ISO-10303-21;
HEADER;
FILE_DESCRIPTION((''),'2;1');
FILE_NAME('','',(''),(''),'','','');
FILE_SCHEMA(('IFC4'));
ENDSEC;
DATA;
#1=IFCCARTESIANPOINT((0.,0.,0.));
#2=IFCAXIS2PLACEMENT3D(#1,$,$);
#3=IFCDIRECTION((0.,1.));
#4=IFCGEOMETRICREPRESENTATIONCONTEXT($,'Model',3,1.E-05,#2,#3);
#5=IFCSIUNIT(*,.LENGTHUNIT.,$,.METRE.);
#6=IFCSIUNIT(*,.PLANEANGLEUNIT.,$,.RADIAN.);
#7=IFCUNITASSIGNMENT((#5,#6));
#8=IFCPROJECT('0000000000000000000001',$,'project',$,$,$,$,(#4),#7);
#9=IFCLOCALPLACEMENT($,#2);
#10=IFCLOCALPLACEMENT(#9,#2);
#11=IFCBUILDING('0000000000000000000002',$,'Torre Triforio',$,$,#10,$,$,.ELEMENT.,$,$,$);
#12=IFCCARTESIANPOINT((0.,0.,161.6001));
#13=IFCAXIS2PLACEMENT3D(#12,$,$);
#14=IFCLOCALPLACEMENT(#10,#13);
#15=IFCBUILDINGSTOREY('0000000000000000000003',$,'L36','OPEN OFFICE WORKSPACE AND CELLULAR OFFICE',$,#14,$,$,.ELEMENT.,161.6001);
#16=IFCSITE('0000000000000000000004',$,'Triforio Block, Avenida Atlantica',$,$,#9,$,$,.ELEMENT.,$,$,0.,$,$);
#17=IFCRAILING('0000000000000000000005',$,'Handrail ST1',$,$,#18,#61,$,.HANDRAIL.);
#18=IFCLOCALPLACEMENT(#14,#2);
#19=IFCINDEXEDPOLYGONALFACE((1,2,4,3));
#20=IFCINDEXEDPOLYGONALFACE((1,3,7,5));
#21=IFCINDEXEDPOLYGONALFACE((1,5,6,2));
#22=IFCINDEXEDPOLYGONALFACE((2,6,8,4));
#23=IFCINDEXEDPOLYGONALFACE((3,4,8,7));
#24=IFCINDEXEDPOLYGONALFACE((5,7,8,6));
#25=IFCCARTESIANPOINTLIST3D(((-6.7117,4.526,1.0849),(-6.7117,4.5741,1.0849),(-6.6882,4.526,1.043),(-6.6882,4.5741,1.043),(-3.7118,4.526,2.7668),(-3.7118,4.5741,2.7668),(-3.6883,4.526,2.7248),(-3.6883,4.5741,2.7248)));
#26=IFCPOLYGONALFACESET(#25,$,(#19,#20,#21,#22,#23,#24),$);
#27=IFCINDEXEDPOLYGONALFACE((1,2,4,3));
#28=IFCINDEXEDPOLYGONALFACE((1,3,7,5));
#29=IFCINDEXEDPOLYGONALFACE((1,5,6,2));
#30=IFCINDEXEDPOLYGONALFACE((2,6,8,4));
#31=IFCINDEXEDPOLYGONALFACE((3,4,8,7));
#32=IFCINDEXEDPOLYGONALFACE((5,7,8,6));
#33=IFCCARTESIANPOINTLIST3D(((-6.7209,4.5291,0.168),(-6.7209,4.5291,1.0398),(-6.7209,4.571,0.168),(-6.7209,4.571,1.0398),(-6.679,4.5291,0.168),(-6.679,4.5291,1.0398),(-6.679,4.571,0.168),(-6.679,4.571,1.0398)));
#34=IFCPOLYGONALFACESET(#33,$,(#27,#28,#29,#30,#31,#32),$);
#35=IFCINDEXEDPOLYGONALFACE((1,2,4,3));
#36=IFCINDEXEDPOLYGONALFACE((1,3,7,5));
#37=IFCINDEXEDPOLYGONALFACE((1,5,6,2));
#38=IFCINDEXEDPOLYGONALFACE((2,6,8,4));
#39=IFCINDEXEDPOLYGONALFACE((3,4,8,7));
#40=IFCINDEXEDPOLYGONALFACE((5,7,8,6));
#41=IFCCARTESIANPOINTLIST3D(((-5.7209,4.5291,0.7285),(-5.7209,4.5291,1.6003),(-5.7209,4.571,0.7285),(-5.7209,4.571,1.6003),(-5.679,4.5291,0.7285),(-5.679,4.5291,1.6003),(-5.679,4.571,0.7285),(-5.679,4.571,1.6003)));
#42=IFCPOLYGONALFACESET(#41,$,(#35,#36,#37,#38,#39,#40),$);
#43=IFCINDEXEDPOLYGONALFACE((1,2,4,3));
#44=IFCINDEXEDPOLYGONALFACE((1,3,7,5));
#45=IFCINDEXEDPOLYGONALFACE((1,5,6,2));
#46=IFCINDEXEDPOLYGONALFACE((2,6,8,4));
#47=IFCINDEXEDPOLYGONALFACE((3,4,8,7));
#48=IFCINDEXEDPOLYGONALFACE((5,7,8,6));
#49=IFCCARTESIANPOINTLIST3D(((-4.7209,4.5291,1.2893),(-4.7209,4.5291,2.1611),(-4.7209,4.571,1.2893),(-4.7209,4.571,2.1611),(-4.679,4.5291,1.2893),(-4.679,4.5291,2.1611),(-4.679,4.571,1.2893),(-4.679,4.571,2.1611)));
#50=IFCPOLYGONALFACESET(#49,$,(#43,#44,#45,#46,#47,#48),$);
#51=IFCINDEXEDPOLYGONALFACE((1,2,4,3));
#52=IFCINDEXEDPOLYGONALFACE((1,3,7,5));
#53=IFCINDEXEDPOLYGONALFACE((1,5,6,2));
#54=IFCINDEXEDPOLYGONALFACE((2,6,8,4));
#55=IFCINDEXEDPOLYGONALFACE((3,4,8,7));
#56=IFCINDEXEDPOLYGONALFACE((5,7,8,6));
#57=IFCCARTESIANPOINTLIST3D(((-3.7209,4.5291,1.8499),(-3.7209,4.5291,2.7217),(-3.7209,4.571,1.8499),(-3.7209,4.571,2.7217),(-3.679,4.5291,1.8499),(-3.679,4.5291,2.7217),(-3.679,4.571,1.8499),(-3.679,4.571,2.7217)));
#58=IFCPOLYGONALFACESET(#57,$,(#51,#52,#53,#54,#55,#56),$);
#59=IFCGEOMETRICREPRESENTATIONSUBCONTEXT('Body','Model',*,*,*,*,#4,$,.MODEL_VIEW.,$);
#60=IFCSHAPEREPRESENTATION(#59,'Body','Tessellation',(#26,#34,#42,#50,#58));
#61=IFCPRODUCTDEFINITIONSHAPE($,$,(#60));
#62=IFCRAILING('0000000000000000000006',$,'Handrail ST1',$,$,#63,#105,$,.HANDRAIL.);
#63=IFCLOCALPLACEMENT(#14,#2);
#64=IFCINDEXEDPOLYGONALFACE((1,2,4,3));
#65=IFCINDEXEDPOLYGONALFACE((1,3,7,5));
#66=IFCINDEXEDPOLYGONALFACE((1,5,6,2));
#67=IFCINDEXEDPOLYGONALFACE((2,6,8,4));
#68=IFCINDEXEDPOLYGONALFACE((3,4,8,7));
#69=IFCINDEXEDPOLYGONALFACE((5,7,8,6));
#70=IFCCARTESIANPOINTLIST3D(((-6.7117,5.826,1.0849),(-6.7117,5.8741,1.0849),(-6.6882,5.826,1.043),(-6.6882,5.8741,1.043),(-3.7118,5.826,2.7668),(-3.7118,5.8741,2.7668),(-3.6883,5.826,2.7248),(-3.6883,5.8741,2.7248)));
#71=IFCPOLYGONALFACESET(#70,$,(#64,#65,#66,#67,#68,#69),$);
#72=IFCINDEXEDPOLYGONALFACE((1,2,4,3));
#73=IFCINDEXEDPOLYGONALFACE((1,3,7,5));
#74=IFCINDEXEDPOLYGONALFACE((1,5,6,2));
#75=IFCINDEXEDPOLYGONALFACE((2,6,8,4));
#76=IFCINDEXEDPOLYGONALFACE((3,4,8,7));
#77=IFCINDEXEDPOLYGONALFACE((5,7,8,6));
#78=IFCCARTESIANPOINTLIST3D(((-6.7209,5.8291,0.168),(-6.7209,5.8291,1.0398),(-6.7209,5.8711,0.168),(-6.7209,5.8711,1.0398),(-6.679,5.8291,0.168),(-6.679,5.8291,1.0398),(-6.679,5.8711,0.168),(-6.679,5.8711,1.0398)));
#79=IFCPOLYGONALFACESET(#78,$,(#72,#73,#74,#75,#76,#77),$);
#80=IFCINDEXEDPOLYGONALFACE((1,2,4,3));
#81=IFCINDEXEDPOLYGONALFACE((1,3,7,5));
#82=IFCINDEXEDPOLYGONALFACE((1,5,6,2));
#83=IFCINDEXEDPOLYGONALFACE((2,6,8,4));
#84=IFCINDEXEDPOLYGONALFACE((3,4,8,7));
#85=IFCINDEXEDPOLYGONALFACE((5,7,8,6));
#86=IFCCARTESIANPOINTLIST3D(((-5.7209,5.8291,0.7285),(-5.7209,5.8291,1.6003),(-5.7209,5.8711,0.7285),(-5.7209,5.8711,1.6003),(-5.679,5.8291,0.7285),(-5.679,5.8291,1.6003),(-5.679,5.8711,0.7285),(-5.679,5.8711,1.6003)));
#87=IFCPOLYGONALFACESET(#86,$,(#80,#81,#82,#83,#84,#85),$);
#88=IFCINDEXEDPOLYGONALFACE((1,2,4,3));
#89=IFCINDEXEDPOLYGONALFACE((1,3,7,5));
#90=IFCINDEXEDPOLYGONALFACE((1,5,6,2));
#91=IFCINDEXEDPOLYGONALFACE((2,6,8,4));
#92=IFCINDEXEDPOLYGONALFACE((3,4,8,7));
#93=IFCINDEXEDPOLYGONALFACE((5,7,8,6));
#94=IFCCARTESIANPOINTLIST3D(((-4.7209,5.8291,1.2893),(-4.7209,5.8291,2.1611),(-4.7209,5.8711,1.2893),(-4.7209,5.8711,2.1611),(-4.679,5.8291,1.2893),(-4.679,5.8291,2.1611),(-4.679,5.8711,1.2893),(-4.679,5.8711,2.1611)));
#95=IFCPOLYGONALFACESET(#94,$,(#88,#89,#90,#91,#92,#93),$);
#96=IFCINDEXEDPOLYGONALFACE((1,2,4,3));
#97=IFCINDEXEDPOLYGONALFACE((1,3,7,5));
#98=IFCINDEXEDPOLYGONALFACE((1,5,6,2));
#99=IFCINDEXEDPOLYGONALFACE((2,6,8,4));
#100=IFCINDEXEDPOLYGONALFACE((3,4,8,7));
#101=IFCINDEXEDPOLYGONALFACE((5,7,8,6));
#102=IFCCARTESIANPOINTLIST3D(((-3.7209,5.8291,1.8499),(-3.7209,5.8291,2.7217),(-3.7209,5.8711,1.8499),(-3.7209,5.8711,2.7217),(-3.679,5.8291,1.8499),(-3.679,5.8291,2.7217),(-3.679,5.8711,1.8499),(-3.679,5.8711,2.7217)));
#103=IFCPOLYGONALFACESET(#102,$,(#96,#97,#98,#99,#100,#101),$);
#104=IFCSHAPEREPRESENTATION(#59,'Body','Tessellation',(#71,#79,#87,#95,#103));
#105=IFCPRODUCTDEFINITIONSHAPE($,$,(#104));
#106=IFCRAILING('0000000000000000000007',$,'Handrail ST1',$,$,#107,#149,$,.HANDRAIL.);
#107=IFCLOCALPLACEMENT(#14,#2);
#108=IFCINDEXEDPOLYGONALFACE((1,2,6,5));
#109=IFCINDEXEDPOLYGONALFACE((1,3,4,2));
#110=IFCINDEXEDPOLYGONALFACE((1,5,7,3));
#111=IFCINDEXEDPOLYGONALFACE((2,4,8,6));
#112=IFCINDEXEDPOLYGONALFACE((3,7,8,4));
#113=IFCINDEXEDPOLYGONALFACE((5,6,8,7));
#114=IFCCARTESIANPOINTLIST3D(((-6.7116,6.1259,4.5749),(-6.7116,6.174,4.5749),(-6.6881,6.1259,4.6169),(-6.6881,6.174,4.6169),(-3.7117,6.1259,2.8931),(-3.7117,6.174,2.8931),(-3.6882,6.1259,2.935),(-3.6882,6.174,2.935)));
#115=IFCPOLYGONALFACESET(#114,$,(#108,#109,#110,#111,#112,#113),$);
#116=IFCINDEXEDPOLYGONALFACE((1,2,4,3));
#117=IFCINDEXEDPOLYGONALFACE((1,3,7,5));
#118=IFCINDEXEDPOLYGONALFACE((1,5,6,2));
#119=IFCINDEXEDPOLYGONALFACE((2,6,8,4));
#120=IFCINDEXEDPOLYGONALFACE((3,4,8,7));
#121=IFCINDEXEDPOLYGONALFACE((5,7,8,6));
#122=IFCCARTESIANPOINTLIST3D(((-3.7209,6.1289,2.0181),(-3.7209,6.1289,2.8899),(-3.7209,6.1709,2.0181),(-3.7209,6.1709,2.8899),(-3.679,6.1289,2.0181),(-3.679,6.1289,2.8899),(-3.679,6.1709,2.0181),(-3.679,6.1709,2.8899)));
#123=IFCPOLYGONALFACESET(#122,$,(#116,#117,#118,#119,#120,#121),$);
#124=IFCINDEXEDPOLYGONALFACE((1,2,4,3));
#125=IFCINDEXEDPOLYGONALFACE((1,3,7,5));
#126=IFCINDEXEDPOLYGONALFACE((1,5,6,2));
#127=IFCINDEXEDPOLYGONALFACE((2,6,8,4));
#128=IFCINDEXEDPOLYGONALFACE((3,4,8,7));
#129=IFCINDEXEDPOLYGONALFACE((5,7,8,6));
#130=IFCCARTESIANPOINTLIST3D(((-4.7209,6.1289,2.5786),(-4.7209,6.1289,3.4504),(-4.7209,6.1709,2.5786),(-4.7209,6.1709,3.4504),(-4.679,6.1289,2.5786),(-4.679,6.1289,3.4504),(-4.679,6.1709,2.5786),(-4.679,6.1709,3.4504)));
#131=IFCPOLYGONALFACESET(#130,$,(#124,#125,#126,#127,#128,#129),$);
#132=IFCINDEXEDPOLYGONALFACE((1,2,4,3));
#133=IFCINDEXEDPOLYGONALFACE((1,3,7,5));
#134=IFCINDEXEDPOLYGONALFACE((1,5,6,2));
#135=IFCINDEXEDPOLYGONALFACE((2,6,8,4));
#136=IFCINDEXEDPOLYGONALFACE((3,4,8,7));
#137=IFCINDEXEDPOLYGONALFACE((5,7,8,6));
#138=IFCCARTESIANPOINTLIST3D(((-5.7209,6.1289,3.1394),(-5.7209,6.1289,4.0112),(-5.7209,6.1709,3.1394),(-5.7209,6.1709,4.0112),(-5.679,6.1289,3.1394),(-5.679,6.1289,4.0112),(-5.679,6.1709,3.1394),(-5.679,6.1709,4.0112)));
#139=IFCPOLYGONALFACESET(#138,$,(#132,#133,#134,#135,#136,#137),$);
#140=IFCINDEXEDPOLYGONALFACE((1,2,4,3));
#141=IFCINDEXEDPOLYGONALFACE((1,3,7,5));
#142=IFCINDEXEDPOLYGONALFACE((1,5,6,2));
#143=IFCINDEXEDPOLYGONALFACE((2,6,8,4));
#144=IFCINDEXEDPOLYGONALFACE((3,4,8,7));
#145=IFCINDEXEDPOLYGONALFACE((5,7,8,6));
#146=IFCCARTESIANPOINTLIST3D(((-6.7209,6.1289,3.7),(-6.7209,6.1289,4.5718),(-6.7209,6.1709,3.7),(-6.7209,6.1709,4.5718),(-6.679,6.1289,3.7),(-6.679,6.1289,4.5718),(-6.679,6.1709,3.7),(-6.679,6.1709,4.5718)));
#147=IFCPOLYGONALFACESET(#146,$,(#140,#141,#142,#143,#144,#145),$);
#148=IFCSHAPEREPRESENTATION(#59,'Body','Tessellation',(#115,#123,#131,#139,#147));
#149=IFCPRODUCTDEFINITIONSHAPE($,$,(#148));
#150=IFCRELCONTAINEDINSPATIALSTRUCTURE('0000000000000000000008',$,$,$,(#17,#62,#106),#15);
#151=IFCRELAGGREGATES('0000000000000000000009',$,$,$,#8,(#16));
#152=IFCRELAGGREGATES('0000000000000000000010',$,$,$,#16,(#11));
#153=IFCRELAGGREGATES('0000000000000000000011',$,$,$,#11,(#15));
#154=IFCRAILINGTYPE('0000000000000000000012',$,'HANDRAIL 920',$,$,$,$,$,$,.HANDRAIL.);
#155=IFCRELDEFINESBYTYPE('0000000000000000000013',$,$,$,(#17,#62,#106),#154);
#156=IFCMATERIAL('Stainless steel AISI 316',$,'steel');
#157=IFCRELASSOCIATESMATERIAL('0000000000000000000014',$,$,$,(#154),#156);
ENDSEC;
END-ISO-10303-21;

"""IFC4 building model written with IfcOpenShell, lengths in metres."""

from ifc_helpers import new_model, si_unit, direction, frame, origin, origin_2d, place, context, subcontext, project, spatial, rectangle, extrude, material, type_object, element, save


model = new_model("IFC4")

# Units and contexts
model_context = context("Model", 3, precision=1e-05, world=origin(), true_north=direction((0.0, 1.0)))
body_context = subcontext(model_context, "Body", "Model", "MODEL_VIEW")
ifc_project = project(units=[si_unit("LENGTHUNIT", "METRE"), si_unit("PLANEANGLEUNIT", "RADIAN")], contexts=[model_context])

# Site, building, storey
site_placement = place(None, origin())
site = spatial("IfcSite", under=ifc_project, at=site_placement, Name="Triforio Block, Avenida Atlantica", CompositionType="ELEMENT", RefElevation=0.0)
building_placement = place(site_placement, origin())
building = spatial("IfcBuilding", under=site, at=building_placement, Name="Torre Triforio", CompositionType="ELEMENT")
storey_placement = place(building_placement, frame((0.0, 0.0, 161.6001)))
storey = spatial("IfcBuildingStorey", under=building, at=storey_placement, Name="L36", Description="OPEN OFFICE WORKSPACE AND CELLULAR OFFICE", CompositionType="ELEMENT", Elevation=161.6001)

# Railings
ifc_material_1 = material(Name="Stainless steel AISI 316", Category="steel")
railing_type = type_object("IfcRailingType", Name="HANDRAIL 920", PredefinedType="HANDRAIL", material=ifc_material_1)
for number, where, name in (
    (1, (-6.7, 4.55, 0.168), "Handrail ST1"),
    (2, (-6.7, 5.8501, 0.168), "Handrail ST1"),
):
    element("IfcRailing", number, at=place(storey_placement, frame(where)), inside=storey, type_object=railing_type, Name=name, PredefinedType="HANDRAIL", context=body_context, shape_type="SweptSolid", body=[
        extrude(rectangle(XDim=0.0481, YDim=0.0481, at=origin_2d()), frame((0.0, 0.0, 0.896), z_axis=(0.872272, 0.0, 0.48902), x_axis=(0.0, 1.0, 0.0)), (0.0, 0.0, 1.0), 3.4392),
        extrude(rectangle(XDim=0.042, YDim=0.042, at=origin_2d()), origin(), (0.0, 0.0, 1.0), 0.8718),
        extrude(rectangle(XDim=0.042, YDim=0.042, at=origin_2d()), frame((1.0, 0.0, 0.5605)), (0.0, 0.0, 1.0), 0.8718),
        extrude(rectangle(XDim=0.042, YDim=0.042, at=origin_2d()), frame((2.0, 0.0, 1.1213)), (0.0, 0.0, 1.0), 0.8718),
        extrude(rectangle(XDim=0.042, YDim=0.042, at=origin_2d()), frame((3.0, 0.0, 1.6819)), (0.0, 0.0, 1.0), 0.8718),
    ])
railing_placement = place(storey_placement, frame((-3.7, 6.1499, 2.0181)))
element("IfcRailing", 3, at=railing_placement, inside=storey, type_object=railing_type, Name="Handrail ST1", PredefinedType="HANDRAIL", context=body_context, shape_type="SweptSolid", body=[
    extrude(rectangle(XDim=0.0481, YDim=0.0481, at=origin_2d()), frame((0.0, 0.0, 0.896), z_axis=(-0.872272, 0.0, 0.48902), x_axis=(0.0, -1.0, 0.0)), (0.0, 0.0, 1.0), 3.4392),
    extrude(rectangle(XDim=0.042, YDim=0.042, at=origin_2d()), origin(), (0.0, 0.0, 1.0), 0.8718),
    extrude(rectangle(XDim=0.042, YDim=0.042, at=origin_2d()), frame((-1.0, 0.0, 0.5605)), (0.0, 0.0, 1.0), 0.8718),
    extrude(rectangle(XDim=0.042, YDim=0.042, at=origin_2d()), frame((-2.0, 0.0, 1.1213)), (0.0, 0.0, 1.0), 0.8718),
    extrude(rectangle(XDim=0.042, YDim=0.042, at=origin_2d()), frame((-3.0, 0.0, 1.6819)), (0.0, 0.0, 1.0), 0.8718),
])

save(model, "model.ifc")
